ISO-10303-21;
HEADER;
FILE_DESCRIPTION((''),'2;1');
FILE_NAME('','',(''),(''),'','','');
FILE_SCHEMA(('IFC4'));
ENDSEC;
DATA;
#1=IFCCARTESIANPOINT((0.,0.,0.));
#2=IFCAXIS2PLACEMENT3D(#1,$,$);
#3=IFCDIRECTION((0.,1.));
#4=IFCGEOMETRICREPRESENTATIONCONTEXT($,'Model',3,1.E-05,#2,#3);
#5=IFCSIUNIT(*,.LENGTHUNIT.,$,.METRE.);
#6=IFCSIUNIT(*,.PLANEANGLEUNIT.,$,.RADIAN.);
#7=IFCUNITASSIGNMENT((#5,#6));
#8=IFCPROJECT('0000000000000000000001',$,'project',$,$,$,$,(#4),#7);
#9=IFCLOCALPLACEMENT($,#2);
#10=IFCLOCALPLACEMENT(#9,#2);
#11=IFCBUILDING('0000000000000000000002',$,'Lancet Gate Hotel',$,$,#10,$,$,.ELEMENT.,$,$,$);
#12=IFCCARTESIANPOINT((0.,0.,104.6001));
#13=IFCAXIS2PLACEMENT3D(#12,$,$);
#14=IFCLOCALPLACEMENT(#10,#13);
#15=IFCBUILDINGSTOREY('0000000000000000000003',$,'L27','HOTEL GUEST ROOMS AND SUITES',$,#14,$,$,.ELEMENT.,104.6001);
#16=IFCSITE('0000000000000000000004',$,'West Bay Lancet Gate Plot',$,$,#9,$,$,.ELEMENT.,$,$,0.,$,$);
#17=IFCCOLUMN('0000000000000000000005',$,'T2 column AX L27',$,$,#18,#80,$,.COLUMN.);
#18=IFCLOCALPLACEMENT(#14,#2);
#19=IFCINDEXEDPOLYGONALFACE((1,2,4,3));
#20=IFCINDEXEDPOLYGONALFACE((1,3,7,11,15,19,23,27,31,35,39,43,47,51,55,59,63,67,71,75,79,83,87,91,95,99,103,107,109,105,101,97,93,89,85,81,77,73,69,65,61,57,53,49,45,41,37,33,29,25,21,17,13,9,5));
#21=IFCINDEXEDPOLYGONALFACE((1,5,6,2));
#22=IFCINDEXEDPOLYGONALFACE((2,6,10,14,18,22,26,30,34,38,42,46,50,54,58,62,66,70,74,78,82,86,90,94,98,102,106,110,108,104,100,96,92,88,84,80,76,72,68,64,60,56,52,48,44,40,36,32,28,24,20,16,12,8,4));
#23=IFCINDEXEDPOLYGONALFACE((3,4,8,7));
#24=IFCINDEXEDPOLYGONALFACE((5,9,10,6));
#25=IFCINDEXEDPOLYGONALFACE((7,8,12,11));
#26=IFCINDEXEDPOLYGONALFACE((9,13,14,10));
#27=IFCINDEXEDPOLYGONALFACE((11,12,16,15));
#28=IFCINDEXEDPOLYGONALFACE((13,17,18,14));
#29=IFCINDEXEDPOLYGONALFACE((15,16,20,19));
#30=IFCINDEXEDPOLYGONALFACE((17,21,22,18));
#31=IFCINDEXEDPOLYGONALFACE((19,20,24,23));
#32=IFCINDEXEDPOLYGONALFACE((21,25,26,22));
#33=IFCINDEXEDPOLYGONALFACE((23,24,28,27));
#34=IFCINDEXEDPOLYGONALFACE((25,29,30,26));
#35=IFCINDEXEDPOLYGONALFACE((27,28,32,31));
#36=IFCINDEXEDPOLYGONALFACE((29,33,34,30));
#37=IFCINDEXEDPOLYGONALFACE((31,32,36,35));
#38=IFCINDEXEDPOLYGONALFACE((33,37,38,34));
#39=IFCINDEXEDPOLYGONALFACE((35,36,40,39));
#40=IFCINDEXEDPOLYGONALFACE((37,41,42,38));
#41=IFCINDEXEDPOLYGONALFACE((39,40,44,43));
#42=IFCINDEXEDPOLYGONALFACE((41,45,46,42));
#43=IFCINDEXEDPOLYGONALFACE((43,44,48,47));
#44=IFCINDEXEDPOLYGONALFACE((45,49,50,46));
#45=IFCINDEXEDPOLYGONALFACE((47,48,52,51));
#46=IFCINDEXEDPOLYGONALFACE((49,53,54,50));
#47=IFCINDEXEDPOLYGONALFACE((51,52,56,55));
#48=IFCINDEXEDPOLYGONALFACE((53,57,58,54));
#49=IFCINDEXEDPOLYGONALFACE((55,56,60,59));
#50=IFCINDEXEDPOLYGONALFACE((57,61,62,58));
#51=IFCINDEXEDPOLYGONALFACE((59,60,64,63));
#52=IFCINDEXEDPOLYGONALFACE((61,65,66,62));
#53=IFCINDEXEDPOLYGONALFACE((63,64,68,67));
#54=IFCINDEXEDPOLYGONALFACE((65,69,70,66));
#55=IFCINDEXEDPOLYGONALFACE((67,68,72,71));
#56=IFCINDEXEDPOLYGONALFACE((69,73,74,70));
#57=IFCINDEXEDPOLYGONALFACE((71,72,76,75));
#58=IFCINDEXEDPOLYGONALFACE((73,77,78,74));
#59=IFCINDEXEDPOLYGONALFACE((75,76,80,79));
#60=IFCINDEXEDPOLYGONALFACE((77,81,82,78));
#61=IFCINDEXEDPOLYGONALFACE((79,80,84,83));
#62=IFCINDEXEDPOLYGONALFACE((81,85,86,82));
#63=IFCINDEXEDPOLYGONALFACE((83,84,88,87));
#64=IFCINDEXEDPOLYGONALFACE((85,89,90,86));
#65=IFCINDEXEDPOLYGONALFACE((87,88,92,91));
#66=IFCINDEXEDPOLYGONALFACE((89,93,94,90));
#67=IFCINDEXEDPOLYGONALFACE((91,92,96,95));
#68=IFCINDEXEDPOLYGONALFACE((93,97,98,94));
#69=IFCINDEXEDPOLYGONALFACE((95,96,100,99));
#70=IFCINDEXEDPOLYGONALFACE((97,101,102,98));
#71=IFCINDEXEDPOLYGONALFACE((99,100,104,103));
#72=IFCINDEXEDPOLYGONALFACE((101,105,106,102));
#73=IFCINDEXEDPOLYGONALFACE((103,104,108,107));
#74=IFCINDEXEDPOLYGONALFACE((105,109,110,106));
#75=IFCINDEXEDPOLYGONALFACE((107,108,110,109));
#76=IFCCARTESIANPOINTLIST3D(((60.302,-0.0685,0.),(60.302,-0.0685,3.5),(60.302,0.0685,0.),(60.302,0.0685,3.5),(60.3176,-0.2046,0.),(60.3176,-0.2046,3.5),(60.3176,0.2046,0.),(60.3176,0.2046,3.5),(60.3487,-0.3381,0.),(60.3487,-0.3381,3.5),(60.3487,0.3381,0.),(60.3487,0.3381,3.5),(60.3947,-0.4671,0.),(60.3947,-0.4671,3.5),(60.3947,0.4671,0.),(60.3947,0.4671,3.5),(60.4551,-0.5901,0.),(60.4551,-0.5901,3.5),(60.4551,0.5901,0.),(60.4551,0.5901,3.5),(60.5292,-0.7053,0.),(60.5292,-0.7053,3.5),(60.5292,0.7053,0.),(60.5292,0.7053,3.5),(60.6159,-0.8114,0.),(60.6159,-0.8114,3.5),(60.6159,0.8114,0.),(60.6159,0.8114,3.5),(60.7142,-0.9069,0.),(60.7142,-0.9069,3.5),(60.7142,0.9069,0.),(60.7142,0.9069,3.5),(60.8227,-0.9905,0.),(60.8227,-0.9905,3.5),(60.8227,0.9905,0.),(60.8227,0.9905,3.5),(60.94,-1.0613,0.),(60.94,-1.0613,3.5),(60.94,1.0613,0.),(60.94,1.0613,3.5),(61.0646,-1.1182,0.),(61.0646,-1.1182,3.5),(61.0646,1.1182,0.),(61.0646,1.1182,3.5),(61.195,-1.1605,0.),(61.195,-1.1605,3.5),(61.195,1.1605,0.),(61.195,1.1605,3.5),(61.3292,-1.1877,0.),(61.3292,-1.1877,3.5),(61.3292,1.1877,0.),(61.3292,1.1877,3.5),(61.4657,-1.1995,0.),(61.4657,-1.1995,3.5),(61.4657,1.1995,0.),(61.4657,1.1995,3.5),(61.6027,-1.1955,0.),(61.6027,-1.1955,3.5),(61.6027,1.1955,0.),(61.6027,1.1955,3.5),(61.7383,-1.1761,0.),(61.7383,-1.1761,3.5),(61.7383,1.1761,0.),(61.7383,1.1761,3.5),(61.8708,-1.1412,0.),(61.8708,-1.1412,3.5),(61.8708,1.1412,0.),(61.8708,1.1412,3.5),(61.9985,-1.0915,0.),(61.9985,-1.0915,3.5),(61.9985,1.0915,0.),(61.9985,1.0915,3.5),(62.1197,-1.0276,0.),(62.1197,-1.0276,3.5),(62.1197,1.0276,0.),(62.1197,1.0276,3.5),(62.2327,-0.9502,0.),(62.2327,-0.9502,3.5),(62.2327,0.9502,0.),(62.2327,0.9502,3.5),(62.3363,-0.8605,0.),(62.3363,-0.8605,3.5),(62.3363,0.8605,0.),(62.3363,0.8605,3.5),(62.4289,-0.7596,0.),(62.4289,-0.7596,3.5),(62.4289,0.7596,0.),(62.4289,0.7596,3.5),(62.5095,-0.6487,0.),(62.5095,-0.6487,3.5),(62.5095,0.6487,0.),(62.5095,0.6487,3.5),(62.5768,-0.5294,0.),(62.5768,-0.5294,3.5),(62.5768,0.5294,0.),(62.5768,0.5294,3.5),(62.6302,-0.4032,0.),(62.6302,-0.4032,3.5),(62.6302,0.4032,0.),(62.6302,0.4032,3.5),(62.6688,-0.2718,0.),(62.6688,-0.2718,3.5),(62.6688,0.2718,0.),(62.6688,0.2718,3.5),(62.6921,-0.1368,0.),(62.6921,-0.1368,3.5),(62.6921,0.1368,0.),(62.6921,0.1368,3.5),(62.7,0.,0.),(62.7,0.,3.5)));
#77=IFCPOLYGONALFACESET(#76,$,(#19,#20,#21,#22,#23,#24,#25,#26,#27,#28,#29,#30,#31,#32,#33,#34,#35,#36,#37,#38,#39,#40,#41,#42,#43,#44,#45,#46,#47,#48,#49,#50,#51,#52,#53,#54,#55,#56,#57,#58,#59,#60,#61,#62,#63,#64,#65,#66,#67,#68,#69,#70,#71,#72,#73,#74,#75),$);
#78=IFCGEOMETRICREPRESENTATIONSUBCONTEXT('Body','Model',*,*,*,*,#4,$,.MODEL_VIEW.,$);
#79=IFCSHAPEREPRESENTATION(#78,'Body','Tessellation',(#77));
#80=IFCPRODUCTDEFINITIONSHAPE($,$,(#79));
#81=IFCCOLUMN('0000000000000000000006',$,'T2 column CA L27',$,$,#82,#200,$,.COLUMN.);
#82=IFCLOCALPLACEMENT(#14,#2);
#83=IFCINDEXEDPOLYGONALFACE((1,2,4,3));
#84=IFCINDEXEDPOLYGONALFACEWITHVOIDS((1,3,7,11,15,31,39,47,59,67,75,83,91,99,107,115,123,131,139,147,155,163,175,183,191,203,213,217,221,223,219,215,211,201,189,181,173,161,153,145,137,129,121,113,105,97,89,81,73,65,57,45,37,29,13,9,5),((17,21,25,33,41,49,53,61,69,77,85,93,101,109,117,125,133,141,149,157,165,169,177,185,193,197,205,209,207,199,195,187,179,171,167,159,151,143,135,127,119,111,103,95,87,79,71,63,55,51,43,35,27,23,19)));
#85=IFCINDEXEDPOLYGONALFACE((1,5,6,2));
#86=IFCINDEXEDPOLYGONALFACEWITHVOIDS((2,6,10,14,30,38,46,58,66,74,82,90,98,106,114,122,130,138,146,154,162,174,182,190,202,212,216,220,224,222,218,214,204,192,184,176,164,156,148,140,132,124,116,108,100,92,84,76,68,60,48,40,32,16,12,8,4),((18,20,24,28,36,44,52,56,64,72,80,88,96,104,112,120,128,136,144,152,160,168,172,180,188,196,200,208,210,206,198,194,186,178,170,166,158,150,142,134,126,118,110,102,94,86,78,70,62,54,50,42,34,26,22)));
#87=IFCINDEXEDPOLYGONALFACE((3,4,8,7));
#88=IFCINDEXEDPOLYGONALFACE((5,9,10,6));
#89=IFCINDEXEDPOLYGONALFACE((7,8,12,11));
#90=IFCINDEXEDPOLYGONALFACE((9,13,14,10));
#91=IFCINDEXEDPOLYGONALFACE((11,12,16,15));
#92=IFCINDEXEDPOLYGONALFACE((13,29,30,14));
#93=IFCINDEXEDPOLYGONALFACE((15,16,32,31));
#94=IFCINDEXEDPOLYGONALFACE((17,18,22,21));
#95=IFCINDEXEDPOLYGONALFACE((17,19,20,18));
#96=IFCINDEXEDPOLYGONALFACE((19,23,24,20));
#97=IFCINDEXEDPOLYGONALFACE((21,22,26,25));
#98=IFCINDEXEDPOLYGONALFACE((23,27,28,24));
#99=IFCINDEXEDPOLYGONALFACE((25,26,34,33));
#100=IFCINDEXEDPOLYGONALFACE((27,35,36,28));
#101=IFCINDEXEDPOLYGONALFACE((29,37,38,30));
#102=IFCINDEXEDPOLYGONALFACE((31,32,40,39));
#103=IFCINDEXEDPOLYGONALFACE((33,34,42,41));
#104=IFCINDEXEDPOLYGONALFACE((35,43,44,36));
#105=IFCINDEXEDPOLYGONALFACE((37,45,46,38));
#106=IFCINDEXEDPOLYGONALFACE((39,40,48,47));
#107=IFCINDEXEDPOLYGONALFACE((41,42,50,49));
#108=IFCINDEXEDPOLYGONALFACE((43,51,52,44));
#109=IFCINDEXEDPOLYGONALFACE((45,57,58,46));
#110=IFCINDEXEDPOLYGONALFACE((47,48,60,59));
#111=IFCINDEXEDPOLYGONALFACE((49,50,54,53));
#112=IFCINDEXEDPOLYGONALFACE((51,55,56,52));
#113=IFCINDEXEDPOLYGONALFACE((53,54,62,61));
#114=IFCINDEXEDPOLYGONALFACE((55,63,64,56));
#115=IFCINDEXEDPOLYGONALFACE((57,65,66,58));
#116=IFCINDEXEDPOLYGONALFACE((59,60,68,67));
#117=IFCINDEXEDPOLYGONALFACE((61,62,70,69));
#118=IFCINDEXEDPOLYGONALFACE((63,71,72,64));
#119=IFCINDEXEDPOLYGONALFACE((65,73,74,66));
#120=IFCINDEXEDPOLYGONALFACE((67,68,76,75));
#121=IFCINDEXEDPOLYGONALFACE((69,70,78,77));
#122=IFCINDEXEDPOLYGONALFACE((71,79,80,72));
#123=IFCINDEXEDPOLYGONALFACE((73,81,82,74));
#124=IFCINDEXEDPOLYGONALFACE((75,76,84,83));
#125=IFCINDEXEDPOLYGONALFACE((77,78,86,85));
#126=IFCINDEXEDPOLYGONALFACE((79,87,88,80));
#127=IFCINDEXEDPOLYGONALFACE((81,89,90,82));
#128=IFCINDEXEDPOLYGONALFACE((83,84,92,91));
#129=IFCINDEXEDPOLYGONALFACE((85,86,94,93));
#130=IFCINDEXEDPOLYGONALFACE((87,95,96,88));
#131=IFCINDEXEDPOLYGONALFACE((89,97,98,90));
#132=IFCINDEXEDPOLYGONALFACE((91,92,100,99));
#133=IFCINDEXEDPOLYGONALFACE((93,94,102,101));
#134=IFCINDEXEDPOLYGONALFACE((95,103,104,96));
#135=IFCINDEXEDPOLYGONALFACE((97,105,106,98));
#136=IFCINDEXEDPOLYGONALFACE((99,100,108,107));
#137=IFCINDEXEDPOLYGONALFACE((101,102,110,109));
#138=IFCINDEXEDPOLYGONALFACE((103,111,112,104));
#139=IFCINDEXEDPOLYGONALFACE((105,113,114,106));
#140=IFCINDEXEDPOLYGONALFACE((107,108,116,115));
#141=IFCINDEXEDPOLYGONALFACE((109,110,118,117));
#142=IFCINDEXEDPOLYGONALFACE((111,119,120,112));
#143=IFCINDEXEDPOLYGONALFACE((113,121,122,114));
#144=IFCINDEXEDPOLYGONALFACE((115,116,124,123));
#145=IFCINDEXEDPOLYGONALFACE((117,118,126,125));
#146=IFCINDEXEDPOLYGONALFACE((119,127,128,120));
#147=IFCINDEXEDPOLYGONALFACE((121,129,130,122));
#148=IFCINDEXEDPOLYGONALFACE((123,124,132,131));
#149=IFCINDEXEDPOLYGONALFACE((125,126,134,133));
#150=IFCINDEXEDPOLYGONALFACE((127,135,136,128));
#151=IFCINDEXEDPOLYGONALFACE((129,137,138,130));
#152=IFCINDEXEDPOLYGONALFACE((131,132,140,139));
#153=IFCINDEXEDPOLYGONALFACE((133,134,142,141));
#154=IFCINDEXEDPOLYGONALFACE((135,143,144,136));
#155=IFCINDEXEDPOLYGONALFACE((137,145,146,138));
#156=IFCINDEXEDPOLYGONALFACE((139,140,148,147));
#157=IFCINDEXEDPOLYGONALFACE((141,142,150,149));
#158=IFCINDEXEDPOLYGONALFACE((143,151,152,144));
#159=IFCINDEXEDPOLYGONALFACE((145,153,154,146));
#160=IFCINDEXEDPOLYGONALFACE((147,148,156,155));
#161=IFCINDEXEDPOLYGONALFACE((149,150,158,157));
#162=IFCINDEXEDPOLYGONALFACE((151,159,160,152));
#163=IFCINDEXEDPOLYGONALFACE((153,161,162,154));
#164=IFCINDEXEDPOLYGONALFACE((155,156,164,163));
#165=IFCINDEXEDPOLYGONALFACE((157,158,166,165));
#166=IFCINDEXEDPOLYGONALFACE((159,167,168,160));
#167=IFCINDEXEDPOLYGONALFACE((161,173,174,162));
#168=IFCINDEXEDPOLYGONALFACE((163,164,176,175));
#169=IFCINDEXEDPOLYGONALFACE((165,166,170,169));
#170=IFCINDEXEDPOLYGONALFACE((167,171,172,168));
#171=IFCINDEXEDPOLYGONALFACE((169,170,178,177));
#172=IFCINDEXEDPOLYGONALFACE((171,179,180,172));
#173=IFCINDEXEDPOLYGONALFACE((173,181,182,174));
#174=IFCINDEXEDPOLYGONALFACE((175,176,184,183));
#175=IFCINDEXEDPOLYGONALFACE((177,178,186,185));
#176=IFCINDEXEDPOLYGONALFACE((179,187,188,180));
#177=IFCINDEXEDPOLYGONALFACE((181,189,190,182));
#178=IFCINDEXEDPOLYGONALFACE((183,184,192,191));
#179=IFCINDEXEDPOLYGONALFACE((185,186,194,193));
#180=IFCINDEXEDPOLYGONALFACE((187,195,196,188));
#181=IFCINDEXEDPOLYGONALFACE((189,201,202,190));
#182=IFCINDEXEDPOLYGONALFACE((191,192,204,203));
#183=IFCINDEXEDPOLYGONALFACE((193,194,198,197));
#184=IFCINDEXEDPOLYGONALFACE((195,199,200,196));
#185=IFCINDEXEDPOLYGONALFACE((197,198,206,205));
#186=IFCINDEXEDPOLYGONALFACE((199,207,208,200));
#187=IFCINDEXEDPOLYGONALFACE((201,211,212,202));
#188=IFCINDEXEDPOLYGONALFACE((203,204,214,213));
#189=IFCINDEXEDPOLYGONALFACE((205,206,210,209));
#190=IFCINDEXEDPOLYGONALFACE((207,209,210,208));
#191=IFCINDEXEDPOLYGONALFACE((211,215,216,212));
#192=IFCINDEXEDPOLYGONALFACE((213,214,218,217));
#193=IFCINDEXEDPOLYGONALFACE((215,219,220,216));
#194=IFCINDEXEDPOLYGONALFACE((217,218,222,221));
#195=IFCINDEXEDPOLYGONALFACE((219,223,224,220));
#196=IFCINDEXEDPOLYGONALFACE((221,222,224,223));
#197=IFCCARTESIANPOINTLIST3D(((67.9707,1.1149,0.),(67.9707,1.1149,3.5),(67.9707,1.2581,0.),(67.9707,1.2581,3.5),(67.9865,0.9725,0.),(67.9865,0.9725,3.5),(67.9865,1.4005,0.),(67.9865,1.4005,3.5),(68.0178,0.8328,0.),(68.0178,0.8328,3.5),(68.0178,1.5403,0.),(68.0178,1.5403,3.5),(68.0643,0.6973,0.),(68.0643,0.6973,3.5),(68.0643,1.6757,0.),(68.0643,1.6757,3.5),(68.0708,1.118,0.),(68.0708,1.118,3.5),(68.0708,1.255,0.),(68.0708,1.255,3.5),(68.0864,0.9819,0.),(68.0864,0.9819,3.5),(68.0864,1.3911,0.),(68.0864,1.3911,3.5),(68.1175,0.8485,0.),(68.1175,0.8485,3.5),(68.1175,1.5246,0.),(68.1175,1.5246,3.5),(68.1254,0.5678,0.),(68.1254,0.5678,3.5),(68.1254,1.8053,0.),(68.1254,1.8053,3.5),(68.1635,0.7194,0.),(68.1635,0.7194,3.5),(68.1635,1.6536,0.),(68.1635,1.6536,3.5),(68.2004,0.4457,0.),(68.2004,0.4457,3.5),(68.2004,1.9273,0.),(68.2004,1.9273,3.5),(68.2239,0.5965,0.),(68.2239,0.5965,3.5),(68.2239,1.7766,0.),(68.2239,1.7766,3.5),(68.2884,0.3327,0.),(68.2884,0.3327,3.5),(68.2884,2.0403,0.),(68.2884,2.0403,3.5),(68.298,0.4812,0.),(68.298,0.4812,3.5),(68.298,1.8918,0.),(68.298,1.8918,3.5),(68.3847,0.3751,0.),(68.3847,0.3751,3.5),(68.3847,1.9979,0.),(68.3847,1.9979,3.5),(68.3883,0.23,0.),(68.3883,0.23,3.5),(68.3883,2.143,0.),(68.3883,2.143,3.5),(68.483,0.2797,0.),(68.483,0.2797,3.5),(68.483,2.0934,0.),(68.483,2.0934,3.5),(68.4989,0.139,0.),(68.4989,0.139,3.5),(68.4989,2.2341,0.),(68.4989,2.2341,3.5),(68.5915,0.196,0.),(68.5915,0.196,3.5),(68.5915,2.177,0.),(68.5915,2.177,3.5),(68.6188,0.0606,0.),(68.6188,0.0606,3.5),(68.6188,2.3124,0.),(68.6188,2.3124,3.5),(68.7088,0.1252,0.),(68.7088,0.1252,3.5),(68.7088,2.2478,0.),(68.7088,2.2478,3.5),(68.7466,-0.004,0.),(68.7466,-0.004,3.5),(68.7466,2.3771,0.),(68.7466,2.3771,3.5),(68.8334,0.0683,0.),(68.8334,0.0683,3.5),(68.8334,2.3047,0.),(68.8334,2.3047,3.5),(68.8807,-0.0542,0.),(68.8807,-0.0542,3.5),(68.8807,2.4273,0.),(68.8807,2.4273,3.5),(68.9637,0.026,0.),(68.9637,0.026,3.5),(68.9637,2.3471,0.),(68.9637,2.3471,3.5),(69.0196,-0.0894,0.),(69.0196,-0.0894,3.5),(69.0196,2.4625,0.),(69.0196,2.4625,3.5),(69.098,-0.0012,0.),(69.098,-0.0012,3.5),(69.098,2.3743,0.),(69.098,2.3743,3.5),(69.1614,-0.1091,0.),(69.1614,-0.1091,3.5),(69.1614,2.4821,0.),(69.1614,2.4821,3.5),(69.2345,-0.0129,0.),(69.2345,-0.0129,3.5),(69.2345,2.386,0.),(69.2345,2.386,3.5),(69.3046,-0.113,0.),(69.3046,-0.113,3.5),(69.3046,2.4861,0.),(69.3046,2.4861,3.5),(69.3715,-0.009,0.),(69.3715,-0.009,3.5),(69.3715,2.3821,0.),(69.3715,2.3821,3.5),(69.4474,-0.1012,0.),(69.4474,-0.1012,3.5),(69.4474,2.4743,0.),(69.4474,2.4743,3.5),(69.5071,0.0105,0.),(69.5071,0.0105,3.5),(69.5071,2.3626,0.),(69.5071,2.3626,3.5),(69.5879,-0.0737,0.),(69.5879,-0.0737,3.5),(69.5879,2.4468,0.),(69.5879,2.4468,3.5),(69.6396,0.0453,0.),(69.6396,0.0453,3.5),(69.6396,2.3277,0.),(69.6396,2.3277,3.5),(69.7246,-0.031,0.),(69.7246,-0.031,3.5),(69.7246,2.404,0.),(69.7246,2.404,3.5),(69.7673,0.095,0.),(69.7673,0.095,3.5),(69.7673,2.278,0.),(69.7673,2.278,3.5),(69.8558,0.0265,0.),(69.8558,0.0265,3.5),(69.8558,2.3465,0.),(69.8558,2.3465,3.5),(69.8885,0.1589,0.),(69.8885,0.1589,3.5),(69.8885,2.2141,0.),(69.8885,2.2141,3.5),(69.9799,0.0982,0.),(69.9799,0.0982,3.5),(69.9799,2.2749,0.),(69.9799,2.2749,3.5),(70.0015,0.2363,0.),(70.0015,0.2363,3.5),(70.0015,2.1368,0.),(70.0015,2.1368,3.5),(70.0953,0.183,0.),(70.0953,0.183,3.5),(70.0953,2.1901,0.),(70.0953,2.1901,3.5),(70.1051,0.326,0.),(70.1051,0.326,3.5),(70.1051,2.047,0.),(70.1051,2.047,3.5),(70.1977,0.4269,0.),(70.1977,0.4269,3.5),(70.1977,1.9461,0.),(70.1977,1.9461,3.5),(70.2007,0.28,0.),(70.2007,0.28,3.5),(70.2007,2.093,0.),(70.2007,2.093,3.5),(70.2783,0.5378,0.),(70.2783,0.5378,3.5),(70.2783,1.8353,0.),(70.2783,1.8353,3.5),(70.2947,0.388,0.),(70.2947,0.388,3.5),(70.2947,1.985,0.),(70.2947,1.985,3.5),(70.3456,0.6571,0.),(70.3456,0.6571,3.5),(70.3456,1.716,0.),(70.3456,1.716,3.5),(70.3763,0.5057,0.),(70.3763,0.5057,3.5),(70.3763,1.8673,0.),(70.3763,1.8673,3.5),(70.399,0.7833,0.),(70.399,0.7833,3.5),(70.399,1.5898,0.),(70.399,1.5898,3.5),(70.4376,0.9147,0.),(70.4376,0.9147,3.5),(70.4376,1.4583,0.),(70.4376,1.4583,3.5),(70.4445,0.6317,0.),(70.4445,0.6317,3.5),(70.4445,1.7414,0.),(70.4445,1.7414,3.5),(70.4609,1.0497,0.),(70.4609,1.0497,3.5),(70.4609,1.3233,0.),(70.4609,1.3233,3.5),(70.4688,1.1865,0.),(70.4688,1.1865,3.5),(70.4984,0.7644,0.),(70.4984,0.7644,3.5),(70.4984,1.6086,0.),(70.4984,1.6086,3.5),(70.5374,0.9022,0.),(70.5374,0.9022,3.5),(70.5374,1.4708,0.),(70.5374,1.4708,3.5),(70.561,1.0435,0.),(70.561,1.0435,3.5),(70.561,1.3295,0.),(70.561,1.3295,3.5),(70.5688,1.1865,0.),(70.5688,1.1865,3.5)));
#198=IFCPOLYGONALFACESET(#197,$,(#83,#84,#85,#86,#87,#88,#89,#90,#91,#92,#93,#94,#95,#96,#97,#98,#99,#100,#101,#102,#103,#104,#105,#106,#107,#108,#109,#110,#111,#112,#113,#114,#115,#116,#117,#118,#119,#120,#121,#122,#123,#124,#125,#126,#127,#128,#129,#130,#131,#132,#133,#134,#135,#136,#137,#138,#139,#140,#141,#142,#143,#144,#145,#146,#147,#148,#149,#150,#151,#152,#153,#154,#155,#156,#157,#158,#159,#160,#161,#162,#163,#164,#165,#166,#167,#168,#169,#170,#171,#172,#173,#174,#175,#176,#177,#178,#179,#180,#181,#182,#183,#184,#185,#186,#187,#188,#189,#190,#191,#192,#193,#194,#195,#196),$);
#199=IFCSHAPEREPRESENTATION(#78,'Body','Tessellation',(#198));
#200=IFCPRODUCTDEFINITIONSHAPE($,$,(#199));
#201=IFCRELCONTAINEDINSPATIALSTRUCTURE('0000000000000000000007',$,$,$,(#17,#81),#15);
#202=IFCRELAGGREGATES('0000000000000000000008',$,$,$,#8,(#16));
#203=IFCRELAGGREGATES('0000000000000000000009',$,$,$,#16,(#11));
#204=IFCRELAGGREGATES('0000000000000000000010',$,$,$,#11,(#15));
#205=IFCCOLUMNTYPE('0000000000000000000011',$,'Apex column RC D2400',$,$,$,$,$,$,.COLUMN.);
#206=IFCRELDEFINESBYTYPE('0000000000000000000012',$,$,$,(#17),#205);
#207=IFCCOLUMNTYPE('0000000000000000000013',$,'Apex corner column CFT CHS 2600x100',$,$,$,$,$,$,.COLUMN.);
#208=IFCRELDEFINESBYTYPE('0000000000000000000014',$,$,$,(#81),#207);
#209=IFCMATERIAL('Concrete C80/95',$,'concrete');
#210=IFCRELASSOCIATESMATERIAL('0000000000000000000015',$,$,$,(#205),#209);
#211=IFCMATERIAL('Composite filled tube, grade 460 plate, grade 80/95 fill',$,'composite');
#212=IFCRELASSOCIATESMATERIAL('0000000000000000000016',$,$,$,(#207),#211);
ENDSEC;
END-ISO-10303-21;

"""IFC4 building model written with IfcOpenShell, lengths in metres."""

from ifc_helpers import new_model, si_unit, direction, frame, origin, origin_2d, place, context, subcontext, project, spatial, circle, hollow_circle, extrude, material, material_profile, profile_set, type_object, element, save


model = new_model("IFC4")

# Units and contexts
model_context = context("Model", 3, precision=1e-05, world=origin(), true_north=direction((0.0, 1.0)))
body_context = subcontext(model_context, "Body", "Model", "MODEL_VIEW")
ifc_project = project(units=[si_unit("LENGTHUNIT", "METRE"), si_unit("PLANEANGLEUNIT", "RADIAN")], contexts=[model_context])

# Site, building, storey
site_placement = place(None, origin())
site = spatial("IfcSite", under=ifc_project, at=site_placement, Name="West Bay Lancet Gate Plot", CompositionType="ELEMENT", RefElevation=0.0)
building_placement = place(site_placement, origin())
building = spatial("IfcBuilding", under=site, at=building_placement, Name="Lancet Gate Hotel", CompositionType="ELEMENT")
storey_placement = place(building_placement, frame((0.0, 0.0, 104.6001)))
storey = spatial("IfcBuildingStorey", under=building, at=storey_placement, Name="L27", Description="HOTEL GUEST ROOMS AND SUITES", CompositionType="ELEMENT", Elevation=104.6001)

# Columns
ifc_material_1 = material(Name="Concrete C80/95", Category="concrete")
ifc_material_profile_1 = material_profile(ifc_material_1, circle(Radius=1.2, at=origin_2d()), Name="RC D2400")
ifc_profile_set_1 = profile_set([ifc_material_profile_1], Name="Concrete C80/95")
column_type_1 = type_object("IfcColumnType", Name="Apex column RC D2400", PredefinedType="COLUMN", material=ifc_profile_set_1)
column_1_placement = place(storey_placement, frame((61.5, 0.0, 0.0), z_axis=(0.0, 0.0, 1.0), x_axis=(1.0, 0.0, 0.0)))
element("IfcColumn", 1, at=column_1_placement, inside=storey, type_object=column_type_1, Name="T2 column AX L27", PredefinedType="COLUMN", context=body_context, shape_type="SweptSolid", body=[
    extrude(circle(Radius=1.2, at=origin_2d()), origin(), (0.0, 0.0, 1.0), 3.5),
])
ifc_material_2 = material(Name="Composite filled tube, grade 460 plate, grade 80/95 fill", Category="composite")
ifc_material_profile_2 = material_profile(ifc_material_2, hollow_circle(Radius=1.3, WallThickness=0.1001, at=origin_2d()), Name="CHS 2600x100")
ifc_profile_set_2 = profile_set([ifc_material_profile_2], Name="Composite filled tube, grade 460 plate, grade 80/95 fill")
column_type_2 = type_object("IfcColumnType", Name="Apex corner column CFT CHS 2600x100", PredefinedType="COLUMN", material=ifc_profile_set_2)
column_2_placement = place(storey_placement, frame((69.2688, 1.1865, 0.0), z_axis=(0.0, 0.0, 1.0), x_axis=(1.0, 0.0, 0.0)))
element("IfcColumn", 2, at=column_2_placement, inside=storey, type_object=column_type_2, Name="T2 column CA L27", PredefinedType="COLUMN", context=body_context, shape_type="SweptSolid", body=[
    extrude(hollow_circle(Radius=1.3, WallThickness=0.1001, at=origin_2d()), origin(), (0.0, 0.0, 1.0), 3.5),
])

save(model, "model.ifc")
